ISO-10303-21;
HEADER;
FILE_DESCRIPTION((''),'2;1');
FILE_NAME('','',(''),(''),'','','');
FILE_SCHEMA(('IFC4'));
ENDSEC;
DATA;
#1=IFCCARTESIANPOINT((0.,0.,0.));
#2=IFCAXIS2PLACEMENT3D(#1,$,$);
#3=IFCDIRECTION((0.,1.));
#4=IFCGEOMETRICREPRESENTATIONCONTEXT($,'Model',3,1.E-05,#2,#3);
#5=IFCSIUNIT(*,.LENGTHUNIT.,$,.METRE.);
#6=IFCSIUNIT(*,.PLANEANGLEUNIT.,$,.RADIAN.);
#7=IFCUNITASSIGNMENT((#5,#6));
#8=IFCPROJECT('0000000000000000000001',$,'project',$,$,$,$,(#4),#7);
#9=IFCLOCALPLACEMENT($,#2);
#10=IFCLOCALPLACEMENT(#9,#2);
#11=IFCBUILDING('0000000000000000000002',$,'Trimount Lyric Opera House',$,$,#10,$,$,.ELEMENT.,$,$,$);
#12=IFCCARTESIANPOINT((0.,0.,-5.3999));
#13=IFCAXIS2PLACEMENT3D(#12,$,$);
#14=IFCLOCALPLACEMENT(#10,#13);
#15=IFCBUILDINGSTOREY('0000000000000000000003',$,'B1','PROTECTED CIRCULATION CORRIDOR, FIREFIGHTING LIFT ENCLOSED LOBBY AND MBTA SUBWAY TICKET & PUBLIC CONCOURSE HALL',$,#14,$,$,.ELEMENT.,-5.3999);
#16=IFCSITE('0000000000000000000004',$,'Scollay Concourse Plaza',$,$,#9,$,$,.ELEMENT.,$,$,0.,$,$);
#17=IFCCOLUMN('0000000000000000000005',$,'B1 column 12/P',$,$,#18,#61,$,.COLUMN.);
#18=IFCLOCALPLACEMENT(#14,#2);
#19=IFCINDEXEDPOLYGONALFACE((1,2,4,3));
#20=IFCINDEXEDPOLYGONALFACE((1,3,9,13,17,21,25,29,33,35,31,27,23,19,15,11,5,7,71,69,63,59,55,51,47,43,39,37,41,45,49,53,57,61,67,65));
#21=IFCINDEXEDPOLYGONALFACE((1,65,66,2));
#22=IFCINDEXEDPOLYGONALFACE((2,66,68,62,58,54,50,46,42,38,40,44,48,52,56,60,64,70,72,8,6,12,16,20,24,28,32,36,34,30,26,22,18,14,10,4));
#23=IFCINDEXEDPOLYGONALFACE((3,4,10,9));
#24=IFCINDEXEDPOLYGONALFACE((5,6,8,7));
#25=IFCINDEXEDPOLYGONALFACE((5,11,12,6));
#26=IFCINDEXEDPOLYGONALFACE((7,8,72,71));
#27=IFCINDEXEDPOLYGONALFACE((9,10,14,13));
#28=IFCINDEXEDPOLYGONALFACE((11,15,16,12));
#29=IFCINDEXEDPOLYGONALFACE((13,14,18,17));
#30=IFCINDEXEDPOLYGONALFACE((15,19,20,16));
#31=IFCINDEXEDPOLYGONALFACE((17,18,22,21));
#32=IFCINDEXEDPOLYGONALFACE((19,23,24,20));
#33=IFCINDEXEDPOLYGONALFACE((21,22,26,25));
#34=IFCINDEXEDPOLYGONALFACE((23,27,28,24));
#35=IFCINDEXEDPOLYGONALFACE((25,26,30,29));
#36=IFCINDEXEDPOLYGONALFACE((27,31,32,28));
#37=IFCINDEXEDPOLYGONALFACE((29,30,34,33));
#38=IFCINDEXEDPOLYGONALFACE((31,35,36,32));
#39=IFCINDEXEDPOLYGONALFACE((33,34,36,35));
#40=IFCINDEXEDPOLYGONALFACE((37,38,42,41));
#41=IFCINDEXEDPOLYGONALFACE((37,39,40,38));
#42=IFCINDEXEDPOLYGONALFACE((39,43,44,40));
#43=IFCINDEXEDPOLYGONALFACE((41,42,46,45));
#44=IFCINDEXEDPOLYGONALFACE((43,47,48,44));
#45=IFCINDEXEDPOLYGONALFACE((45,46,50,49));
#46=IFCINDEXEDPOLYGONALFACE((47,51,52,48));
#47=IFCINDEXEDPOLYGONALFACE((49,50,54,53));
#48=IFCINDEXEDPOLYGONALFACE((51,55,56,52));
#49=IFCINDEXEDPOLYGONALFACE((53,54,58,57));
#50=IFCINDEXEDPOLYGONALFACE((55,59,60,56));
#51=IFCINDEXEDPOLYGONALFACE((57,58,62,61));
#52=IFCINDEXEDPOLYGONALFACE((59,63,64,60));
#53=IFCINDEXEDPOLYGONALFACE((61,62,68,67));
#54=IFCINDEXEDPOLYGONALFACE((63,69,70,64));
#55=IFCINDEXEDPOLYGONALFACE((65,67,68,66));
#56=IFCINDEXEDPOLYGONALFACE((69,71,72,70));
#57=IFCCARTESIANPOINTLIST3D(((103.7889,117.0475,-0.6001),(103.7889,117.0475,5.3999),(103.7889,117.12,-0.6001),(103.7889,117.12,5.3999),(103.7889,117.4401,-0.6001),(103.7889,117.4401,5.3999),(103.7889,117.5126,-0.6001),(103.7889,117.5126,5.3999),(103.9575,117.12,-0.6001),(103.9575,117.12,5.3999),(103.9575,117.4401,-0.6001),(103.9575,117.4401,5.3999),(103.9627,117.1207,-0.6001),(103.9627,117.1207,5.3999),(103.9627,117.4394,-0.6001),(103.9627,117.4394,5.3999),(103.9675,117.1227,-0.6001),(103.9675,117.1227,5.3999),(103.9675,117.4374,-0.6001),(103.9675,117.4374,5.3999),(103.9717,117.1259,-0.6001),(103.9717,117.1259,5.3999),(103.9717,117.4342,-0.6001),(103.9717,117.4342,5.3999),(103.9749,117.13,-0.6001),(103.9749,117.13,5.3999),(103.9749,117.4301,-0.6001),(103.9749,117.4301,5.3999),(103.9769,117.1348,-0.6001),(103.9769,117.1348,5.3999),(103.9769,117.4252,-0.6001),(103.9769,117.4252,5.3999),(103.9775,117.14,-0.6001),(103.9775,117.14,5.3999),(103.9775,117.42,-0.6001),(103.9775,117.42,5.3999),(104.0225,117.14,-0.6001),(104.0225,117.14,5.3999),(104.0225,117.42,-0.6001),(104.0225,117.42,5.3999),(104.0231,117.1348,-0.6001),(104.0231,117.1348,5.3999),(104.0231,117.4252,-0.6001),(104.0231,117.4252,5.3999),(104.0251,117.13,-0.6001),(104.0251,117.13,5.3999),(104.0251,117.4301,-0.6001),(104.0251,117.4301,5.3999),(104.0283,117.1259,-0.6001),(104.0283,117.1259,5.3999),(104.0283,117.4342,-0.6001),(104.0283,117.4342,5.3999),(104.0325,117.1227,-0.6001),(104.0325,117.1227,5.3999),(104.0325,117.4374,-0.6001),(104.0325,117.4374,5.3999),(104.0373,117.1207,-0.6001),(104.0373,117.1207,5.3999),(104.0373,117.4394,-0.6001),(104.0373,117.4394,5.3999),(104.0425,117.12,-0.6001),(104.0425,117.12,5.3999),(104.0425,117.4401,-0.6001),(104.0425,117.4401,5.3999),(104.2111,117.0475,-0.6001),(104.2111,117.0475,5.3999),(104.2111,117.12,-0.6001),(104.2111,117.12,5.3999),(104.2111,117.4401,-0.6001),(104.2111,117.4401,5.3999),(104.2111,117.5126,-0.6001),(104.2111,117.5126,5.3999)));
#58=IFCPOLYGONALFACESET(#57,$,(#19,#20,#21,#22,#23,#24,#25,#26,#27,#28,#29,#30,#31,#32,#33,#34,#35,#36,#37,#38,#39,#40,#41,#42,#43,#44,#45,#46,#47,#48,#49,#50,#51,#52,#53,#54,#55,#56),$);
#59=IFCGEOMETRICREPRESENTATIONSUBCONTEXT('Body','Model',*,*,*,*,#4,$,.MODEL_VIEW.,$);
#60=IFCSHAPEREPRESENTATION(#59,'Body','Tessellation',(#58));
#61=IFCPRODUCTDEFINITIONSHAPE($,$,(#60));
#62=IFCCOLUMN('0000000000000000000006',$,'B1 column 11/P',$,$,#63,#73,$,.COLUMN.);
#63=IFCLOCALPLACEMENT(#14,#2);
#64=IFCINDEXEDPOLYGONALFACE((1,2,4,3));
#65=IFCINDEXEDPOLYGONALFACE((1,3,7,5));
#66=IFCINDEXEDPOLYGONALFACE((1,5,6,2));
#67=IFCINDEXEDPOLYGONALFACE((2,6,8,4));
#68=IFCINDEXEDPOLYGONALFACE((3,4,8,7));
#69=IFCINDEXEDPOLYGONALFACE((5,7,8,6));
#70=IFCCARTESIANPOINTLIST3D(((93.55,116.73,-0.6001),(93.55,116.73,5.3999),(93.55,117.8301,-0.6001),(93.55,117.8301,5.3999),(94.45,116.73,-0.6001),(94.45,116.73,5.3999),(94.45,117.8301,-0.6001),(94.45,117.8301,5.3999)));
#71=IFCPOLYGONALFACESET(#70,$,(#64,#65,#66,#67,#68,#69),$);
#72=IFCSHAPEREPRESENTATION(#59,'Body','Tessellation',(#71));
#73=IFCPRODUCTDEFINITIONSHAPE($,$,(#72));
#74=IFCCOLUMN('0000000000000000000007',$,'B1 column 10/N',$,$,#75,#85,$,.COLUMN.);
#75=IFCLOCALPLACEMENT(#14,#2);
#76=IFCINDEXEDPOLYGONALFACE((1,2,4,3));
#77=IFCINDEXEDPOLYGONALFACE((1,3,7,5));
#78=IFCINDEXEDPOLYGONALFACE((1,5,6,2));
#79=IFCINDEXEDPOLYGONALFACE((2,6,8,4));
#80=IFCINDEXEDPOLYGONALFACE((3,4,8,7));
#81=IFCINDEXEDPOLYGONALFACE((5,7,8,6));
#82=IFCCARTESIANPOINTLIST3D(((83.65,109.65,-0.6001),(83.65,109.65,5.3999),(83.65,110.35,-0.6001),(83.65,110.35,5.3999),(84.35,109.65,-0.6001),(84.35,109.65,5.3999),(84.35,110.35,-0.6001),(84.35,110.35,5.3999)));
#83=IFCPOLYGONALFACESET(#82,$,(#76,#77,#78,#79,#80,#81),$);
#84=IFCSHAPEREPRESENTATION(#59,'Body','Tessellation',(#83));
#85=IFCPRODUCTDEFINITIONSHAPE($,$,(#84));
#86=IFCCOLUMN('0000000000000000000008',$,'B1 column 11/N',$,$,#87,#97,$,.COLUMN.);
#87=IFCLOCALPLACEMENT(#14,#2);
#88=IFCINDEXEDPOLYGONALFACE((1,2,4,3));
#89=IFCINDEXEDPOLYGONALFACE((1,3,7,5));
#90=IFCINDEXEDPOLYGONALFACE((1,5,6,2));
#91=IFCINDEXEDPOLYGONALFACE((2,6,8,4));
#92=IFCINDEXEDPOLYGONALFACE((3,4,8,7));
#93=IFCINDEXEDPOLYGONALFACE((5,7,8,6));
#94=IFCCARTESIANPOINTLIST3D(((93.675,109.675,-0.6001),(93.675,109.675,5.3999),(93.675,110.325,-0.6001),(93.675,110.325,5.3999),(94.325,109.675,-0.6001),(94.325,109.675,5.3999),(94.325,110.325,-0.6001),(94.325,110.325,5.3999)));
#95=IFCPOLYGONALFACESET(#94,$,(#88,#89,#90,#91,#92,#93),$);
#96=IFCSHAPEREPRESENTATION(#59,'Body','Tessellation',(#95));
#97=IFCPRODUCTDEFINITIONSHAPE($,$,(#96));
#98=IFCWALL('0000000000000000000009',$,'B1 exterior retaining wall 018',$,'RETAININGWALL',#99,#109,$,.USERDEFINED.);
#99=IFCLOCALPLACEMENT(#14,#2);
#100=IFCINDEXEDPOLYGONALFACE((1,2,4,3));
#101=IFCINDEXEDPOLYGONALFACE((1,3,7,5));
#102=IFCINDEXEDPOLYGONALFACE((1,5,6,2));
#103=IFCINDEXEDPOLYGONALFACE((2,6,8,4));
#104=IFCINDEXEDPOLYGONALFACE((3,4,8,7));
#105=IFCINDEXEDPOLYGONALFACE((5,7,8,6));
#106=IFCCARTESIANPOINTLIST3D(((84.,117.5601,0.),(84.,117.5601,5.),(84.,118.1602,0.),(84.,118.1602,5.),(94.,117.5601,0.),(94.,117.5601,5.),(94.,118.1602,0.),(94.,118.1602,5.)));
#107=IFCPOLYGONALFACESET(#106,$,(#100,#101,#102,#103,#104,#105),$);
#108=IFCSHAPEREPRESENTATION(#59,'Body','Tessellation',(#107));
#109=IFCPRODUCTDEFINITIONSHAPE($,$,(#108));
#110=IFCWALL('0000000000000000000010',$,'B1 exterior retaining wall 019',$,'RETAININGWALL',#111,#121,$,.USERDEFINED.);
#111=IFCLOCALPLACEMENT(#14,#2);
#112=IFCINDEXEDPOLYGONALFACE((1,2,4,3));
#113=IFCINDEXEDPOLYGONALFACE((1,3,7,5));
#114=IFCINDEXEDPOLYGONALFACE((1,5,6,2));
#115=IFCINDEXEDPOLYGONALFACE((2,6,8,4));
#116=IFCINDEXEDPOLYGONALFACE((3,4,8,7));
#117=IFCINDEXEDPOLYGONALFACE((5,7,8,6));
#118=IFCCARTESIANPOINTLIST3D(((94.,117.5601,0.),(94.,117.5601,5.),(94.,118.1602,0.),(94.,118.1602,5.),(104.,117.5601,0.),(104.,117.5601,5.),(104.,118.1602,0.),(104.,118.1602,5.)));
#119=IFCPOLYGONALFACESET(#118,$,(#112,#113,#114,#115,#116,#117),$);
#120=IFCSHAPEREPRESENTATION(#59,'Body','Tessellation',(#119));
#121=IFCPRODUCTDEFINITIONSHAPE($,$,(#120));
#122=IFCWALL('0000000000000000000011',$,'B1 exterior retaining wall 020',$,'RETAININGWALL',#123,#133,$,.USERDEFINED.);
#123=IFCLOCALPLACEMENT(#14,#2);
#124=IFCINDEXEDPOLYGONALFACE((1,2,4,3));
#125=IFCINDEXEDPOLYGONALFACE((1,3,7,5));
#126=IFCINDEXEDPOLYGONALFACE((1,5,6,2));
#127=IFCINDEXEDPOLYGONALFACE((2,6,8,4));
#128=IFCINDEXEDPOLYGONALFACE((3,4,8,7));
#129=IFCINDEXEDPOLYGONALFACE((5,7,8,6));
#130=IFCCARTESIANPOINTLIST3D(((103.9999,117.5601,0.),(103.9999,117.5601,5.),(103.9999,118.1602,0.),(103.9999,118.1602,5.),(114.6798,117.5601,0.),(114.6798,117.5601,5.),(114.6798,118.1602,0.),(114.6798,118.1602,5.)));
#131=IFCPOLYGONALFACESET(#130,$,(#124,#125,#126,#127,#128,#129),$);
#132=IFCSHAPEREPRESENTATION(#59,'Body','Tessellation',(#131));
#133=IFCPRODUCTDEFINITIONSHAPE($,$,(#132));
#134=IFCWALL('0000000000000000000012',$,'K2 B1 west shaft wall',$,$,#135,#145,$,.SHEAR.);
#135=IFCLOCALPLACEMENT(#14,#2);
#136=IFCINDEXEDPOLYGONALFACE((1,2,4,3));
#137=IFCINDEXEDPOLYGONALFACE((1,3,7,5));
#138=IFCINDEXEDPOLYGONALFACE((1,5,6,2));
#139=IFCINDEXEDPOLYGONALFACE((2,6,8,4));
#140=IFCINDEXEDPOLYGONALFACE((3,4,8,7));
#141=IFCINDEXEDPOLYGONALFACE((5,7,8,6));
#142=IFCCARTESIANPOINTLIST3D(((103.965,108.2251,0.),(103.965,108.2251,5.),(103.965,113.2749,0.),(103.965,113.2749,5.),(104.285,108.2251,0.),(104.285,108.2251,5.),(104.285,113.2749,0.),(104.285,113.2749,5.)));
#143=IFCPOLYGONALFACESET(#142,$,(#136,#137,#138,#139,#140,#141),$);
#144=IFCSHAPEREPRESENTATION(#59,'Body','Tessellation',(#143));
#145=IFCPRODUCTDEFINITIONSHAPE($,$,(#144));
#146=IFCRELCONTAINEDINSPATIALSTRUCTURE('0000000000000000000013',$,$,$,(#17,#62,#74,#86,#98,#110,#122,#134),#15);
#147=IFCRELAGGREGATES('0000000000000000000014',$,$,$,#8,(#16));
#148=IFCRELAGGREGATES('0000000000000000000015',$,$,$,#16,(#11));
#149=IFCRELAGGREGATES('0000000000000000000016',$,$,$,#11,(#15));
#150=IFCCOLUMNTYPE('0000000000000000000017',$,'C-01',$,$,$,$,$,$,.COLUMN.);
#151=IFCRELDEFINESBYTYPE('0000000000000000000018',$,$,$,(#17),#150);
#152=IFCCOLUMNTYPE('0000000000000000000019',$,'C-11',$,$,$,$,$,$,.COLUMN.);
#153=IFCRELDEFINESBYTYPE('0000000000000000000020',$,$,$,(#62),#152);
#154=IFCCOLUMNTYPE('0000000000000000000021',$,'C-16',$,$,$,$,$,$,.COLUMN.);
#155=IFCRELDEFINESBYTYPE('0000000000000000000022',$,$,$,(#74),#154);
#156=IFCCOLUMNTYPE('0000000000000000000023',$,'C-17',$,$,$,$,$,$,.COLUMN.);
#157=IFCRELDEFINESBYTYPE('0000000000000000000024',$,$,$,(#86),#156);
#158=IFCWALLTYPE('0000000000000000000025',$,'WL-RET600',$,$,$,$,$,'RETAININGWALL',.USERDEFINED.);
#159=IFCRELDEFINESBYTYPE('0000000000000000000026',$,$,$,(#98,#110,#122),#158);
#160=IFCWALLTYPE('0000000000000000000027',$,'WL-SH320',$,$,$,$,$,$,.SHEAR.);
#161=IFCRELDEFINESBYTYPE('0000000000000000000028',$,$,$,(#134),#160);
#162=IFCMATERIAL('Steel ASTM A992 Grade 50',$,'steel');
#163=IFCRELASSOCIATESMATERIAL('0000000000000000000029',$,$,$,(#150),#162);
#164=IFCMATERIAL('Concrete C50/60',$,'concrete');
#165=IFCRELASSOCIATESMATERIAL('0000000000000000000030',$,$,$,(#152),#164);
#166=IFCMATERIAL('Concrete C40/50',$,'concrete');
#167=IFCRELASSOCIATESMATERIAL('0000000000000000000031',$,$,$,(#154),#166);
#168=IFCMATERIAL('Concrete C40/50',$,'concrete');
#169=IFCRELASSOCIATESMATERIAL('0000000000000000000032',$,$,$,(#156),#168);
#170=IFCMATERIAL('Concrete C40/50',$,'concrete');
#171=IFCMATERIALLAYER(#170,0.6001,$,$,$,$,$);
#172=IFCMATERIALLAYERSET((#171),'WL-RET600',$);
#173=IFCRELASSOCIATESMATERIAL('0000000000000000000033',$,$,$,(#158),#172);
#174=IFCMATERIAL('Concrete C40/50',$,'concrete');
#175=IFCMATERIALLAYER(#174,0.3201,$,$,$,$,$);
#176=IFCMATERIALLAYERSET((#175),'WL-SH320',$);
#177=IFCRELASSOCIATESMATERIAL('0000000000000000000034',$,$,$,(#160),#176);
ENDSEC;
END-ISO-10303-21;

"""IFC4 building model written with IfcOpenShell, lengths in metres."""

from ifc_helpers import new_model, si_unit, direction, frame, frame_2d, origin, origin_2d, place, context, subcontext, project, spatial, rectangle, i_section, extrude, material, layer, layer_set, material_profile, profile_set, type_object, element, save


model = new_model("IFC4")

# Units and contexts
model_context = context("Model", 3, precision=1e-05, world=origin(), true_north=direction((0.0, 1.0)))
body_context = subcontext(model_context, "Body", "Model", "MODEL_VIEW")
ifc_project = project(units=[si_unit("LENGTHUNIT", "METRE"), si_unit("PLANEANGLEUNIT", "RADIAN")], contexts=[model_context])

# Site, building, storey
site_placement = place(None, origin())
site = spatial("IfcSite", under=ifc_project, at=site_placement, Name="Scollay Concourse Plaza", CompositionType="ELEMENT", RefElevation=0.0)
building_placement = place(site_placement, origin())
building = spatial("IfcBuilding", under=site, at=building_placement, Name="Trimount Lyric Opera House", CompositionType="ELEMENT")
storey_placement = place(building_placement, frame((0.0, 0.0, -5.3999)))
storey = spatial("IfcBuildingStorey", under=building, at=storey_placement, Name="B1", Description="PROTECTED CIRCULATION CORRIDOR, FIREFIGHTING LIFT ENCLOSED LOBBY AND MBTA SUBWAY TICKET & PUBLIC CONCOURSE HALL", CompositionType="ELEMENT", Elevation=-5.3999)

# Columns
ifc_material_1 = material(Name="Steel ASTM A992 Grade 50", Category="steel")
ifc_material_profile_1 = material_profile(ifc_material_1, i_section(OverallWidth=0.4221, OverallDepth=0.4651, WebThickness=0.0449, FlangeThickness=0.0725, FilletRadius=0.02, at=origin_2d()), Name="W14X398")
ifc_profile_set_1 = profile_set([ifc_material_profile_1], Name="Steel ASTM A992 Grade 50")
column_type_1 = type_object("IfcColumnType", Name="C-01", PredefinedType="COLUMN", material=ifc_profile_set_1)
for number, where, z_axis, x_axis, name in (
    (1, (104.0, 117.28, -0.6001), (0.0, 0.0, 1.0), (1.0, 0.0, 0.0), "B1 column 12/P"),
):
    element("IfcColumn", number, at=place(storey_placement, frame(where, z_axis=z_axis, x_axis=x_axis)), inside=storey, type_object=column_type_1, Name=name, PredefinedType="COLUMN", context=body_context, shape_type="SweptSolid", body=[
        extrude(i_section(OverallWidth=0.4221, OverallDepth=0.4651, WebThickness=0.0449, FlangeThickness=0.0725, FilletRadius=0.02, at=origin_2d()), origin(), (0.0, 0.0, 1.0), 6.0),
    ])
ifc_material_2 = material(Name="Concrete C50/60", Category="concrete")
ifc_material_profile_2 = material_profile(ifc_material_2, rectangle(XDim=0.8999, YDim=1.1001, at=origin_2d()), Name="RC1100X900")
ifc_profile_set_2 = profile_set([ifc_material_profile_2], Name="Concrete C50/60")
column_type_2 = type_object("IfcColumnType", Name="C-11", PredefinedType="COLUMN", material=ifc_profile_set_2)
column_1_placement = place(storey_placement, frame((94.0, 117.28, -0.6001), z_axis=(0.0, 0.0, 1.0), x_axis=(1.0, 0.0, 0.0)))
element("IfcColumn", 2, at=column_1_placement, inside=storey, type_object=column_type_2, Name="B1 column 11/P", PredefinedType="COLUMN", context=body_context, shape_type="SweptSolid", body=[
    extrude(rectangle(XDim=0.8999, YDim=1.1001, at=origin_2d()), origin(), (0.0, 0.0, 1.0), 6.0),
])
ifc_material_3 = material(Name="Concrete C40/50", Category="concrete")
ifc_material_profile_3 = material_profile(ifc_material_3, rectangle(XDim=0.7, YDim=0.7, at=origin_2d()), Name="RC700X700")
ifc_profile_set_3 = profile_set([ifc_material_profile_3], Name="Concrete C40/50")
column_type_3 = type_object("IfcColumnType", Name="C-16", PredefinedType="COLUMN", material=ifc_profile_set_3)
column_2_placement = place(storey_placement, frame((84.0, 110.0, -0.6001), z_axis=(0.0, 0.0, 1.0), x_axis=(1.0, 0.0, 0.0)))
element("IfcColumn", 3, at=column_2_placement, inside=storey, type_object=column_type_3, Name="B1 column 10/N", PredefinedType="COLUMN", context=body_context, shape_type="SweptSolid", body=[
    extrude(rectangle(XDim=0.7, YDim=0.7, at=origin_2d()), origin(), (0.0, 0.0, 1.0), 6.0),
])
ifc_material_4 = material(Name="Concrete C40/50", Category="concrete")
ifc_material_profile_4 = material_profile(ifc_material_4, rectangle(XDim=0.6499, YDim=0.6499, at=origin_2d()), Name="RC650X650")
ifc_profile_set_4 = profile_set([ifc_material_profile_4], Name="Concrete C40/50")
column_type_4 = type_object("IfcColumnType", Name="C-17", PredefinedType="COLUMN", material=ifc_profile_set_4)
column_3_placement = place(storey_placement, frame((94.0, 110.0, -0.6001), z_axis=(0.0, 0.0, 1.0), x_axis=(1.0, 0.0, 0.0)))
element("IfcColumn", 4, at=column_3_placement, inside=storey, type_object=column_type_4, Name="B1 column 11/N", PredefinedType="COLUMN", context=body_context, shape_type="SweptSolid", body=[
    extrude(rectangle(XDim=0.6499, YDim=0.6499, at=origin_2d()), origin(), (0.0, 0.0, 1.0), 6.0),
])

# Walls
ifc_material_5 = material(Name="Concrete C40/50", Category="concrete")
ifc_layer_1 = layer(ifc_material_5, 0.6001)
ifc_layer_set_1 = layer_set([ifc_layer_1], Name="WL-RET600")
wall_type_1 = type_object("IfcWallType", Name="WL-RET600", ElementType="RETAININGWALL", PredefinedType="USERDEFINED", material=ifc_layer_set_1)
for number, where, z_axis, x_axis, name in (
    (5, (84.0, 117.8601, 0.0), (0.0, 0.0, 1.0), (1.0, 0.0, 0.0), "B1 exterior retaining wall 018"),
    (6, (94.0, 117.8601, 0.0), (0.0, 0.0, 1.0), (1.0, 0.0, 0.0), "B1 exterior retaining wall 019"),
):
    element("IfcWall", number, at=place(storey_placement, frame(where, z_axis=z_axis, x_axis=x_axis)), inside=storey, type_object=wall_type_1, Name=name, ObjectType="RETAININGWALL", PredefinedType="USERDEFINED", context=body_context, shape_type="SweptSolid", body=[
        extrude(rectangle(XDim=10.0, YDim=0.6001, at=frame_2d((5.0, 0.0))), origin(), (0.0, 0.0, 1.0), 5.0),
    ])
wall_1_placement = place(storey_placement, frame((104.0, 117.8601, 0.0), z_axis=(0.0, 0.0, 1.0), x_axis=(1.0, 0.0, 0.0)))
element("IfcWall", 7, at=wall_1_placement, inside=storey, type_object=wall_type_1, Name="B1 exterior retaining wall 020", ObjectType="RETAININGWALL", PredefinedType="USERDEFINED", context=body_context, shape_type="SweptSolid", body=[
    extrude(rectangle(XDim=10.6799, YDim=0.6001, at=frame_2d((5.3398, 0.0))), origin(), (0.0, 0.0, 1.0), 5.0),
])
ifc_material_6 = material(Name="Concrete C40/50", Category="concrete")
ifc_layer_2 = layer(ifc_material_6, 0.3201)
ifc_layer_set_2 = layer_set([ifc_layer_2], Name="WL-SH320")
wall_type_2 = type_object("IfcWallType", Name="WL-SH320", PredefinedType="SHEAR", material=ifc_layer_set_2)
wall_2_placement = place(storey_placement, frame((104.125, 113.2749, 0.0), z_axis=(0.0, 0.0, 1.0), x_axis=(0.0, -1.0, 0.0)))
element("IfcWall", 8, at=wall_2_placement, inside=storey, type_object=wall_type_2, Name="K2 B1 west shaft wall", PredefinedType="SHEAR", context=body_context, shape_type="SweptSolid", body=[
    extrude(rectangle(XDim=5.0498, YDim=0.3201, at=frame_2d((2.5249, 0.0))), origin(), (0.0, 0.0, 1.0), 5.0),
])

save(model, "model.ifc")
